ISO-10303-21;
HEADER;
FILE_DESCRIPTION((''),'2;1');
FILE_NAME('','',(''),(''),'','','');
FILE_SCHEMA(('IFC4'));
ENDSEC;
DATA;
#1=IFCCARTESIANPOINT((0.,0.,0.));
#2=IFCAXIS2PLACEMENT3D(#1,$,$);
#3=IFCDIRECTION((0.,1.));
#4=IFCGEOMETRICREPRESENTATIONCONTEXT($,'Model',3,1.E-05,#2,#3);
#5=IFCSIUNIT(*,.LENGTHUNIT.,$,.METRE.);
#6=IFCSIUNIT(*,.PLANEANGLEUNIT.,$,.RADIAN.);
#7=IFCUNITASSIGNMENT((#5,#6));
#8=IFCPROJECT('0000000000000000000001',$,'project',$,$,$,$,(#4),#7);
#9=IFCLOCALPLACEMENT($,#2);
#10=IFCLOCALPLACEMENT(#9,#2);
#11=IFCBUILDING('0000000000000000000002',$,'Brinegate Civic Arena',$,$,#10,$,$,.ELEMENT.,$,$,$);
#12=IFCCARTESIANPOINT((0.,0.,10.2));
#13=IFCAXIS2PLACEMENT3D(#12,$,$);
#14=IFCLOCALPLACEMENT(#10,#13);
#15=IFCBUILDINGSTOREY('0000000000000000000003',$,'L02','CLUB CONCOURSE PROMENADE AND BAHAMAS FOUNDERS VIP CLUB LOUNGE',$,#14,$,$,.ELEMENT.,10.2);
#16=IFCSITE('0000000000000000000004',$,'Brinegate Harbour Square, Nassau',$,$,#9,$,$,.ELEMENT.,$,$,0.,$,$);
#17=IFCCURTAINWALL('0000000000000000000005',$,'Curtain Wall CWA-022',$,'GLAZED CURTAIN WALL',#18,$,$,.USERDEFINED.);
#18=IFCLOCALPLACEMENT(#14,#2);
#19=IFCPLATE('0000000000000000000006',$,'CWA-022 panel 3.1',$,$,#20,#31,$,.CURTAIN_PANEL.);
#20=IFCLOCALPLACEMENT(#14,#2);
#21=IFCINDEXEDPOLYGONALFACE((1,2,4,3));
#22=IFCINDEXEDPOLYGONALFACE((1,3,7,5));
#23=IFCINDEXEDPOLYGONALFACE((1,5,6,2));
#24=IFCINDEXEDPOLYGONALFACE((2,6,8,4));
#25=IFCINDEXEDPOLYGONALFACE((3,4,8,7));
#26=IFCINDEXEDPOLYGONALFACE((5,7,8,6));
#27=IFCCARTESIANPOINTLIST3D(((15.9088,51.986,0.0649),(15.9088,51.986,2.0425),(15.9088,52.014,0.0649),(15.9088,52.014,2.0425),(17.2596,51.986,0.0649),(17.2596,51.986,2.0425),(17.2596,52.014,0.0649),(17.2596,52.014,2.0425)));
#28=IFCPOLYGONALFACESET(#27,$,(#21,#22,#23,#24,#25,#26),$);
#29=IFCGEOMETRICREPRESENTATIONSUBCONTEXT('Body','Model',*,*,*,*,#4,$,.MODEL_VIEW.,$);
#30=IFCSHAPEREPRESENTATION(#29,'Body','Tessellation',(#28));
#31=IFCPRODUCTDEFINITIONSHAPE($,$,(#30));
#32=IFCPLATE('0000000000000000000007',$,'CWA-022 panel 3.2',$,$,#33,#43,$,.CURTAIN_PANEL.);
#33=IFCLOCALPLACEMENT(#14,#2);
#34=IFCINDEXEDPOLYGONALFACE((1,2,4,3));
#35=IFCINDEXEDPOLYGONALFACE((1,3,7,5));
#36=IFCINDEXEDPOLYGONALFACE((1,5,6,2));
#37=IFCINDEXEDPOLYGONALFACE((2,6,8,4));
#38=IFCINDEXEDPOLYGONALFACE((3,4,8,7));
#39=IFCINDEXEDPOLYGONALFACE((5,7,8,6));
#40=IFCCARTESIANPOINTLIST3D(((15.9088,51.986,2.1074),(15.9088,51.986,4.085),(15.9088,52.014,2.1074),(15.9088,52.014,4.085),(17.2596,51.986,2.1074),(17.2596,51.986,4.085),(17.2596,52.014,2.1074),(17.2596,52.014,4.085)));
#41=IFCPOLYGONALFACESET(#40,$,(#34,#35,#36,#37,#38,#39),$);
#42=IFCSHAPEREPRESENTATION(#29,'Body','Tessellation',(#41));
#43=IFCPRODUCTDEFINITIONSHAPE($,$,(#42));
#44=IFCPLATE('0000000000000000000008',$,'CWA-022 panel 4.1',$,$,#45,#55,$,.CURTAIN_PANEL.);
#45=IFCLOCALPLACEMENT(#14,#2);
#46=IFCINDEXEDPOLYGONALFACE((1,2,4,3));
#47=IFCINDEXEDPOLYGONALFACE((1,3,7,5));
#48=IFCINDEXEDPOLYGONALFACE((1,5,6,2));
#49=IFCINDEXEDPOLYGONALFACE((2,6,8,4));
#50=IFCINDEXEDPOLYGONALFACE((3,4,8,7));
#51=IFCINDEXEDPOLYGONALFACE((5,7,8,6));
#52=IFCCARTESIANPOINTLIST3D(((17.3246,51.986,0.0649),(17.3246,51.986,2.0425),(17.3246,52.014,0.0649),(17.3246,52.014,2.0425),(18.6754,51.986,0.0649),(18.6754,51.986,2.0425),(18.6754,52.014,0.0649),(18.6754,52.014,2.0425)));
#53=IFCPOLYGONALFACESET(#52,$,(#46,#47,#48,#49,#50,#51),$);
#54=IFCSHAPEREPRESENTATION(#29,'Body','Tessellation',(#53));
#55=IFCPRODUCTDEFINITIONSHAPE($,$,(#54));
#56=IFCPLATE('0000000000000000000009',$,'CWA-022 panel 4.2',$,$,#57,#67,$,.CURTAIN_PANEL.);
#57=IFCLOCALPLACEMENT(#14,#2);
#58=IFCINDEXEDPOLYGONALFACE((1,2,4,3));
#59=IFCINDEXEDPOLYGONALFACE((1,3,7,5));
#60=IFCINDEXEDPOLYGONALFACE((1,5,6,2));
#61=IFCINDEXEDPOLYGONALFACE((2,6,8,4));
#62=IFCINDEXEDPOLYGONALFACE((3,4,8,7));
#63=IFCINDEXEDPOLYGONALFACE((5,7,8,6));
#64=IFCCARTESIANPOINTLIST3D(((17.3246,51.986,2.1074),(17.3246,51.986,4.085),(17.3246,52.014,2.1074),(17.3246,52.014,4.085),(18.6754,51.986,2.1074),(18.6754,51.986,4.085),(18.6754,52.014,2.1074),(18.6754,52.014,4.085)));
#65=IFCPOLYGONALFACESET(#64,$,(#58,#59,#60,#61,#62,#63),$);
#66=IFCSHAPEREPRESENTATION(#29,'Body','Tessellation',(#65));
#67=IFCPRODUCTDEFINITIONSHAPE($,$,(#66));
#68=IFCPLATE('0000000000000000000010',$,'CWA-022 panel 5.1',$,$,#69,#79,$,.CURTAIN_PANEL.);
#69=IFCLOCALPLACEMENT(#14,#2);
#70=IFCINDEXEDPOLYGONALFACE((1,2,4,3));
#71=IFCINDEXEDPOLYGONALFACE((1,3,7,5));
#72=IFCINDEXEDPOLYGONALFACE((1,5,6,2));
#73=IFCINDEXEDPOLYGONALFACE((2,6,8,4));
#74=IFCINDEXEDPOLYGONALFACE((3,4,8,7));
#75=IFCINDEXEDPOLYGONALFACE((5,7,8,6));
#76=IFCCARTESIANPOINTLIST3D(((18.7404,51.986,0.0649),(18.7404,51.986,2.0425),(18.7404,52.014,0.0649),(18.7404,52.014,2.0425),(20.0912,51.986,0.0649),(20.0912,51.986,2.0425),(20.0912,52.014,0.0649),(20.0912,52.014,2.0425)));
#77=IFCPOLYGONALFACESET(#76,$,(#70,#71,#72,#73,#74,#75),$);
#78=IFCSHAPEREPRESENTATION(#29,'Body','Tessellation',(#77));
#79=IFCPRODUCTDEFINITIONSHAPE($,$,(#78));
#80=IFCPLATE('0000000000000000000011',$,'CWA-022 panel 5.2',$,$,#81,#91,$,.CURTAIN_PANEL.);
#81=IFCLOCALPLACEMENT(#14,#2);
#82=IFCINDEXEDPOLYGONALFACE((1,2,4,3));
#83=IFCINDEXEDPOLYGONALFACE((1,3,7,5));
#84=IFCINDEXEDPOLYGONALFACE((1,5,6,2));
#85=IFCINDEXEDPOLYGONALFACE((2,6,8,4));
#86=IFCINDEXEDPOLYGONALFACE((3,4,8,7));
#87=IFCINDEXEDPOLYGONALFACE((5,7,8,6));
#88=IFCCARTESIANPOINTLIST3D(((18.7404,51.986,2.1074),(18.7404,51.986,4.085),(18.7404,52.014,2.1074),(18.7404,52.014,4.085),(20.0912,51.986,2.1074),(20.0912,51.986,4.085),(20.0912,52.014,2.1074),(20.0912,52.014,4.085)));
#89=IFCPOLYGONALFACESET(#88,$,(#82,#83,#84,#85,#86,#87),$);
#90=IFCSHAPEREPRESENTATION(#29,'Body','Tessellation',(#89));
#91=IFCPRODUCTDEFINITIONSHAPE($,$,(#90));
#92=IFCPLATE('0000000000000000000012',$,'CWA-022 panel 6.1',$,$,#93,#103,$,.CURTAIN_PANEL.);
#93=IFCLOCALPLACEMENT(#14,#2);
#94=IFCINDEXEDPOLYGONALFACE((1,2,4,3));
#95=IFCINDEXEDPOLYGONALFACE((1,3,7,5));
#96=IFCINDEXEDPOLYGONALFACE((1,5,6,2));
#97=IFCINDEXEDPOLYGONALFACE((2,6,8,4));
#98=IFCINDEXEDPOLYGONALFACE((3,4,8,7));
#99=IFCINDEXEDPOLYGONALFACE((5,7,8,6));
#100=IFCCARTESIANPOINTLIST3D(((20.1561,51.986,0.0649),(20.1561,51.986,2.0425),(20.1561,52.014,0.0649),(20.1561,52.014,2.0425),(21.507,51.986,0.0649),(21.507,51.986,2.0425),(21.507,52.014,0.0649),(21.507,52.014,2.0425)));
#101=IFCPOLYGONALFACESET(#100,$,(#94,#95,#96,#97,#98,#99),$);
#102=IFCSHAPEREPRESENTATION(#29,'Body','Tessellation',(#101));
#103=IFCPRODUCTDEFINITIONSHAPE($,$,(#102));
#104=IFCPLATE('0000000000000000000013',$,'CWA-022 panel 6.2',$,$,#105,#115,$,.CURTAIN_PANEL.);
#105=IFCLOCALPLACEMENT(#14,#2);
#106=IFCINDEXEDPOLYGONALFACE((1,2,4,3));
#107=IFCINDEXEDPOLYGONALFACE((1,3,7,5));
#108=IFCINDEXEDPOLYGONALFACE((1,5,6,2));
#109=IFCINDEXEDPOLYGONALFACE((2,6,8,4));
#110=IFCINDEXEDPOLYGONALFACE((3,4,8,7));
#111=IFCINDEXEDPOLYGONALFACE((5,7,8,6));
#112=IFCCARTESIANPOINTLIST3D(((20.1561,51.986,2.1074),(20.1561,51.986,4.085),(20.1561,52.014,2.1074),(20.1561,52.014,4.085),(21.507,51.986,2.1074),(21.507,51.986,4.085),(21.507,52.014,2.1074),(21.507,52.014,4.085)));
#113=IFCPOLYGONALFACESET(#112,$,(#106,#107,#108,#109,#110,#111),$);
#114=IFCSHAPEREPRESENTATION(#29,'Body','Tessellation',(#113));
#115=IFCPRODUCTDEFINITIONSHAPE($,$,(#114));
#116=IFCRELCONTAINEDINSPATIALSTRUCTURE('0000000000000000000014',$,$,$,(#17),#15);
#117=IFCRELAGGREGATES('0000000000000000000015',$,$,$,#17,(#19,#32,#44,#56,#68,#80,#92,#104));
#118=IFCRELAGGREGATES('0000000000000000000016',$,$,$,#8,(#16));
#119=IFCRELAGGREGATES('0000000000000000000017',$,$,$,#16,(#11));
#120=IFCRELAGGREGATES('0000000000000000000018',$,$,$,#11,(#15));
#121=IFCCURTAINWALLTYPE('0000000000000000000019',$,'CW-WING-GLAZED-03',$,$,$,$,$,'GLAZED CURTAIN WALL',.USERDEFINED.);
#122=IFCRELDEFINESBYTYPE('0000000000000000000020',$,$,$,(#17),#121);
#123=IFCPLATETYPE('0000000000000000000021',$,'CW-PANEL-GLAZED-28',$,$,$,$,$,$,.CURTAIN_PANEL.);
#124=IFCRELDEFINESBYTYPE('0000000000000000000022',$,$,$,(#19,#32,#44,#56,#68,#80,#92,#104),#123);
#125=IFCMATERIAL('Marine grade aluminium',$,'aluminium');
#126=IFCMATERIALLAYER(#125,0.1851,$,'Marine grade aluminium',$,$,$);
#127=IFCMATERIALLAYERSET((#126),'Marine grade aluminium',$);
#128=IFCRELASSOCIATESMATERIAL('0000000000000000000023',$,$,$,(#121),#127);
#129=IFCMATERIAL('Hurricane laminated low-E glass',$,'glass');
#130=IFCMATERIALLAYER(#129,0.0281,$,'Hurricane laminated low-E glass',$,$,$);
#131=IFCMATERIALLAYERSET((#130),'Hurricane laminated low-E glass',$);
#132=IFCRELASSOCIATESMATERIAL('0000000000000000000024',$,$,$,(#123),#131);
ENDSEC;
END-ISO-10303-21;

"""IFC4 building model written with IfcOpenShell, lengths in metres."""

from ifc_helpers import new_model, si_unit, direction, frame, origin, origin_2d, place, context, subcontext, project, spatial, rectangle, extrude, material, layer, layer_set, type_object, element, aggregate, save


model = new_model("IFC4")

# Units and contexts
model_context = context("Model", 3, precision=1e-05, world=origin(), true_north=direction((0.0, 1.0)))
body_context = subcontext(model_context, "Body", "Model", "MODEL_VIEW")
ifc_project = project(units=[si_unit("LENGTHUNIT", "METRE"), si_unit("PLANEANGLEUNIT", "RADIAN")], contexts=[model_context])

# Site, building, storey
site_placement = place(None, origin())
site = spatial("IfcSite", under=ifc_project, at=site_placement, Name="Brinegate Harbour Square, Nassau", CompositionType="ELEMENT", RefElevation=0.0)
building_placement = place(site_placement, origin())
building = spatial("IfcBuilding", under=site, at=building_placement, Name="Brinegate Civic Arena", CompositionType="ELEMENT")
storey_placement = place(building_placement, frame((0.0, 0.0, 10.2)))
storey = spatial("IfcBuildingStorey", under=building, at=storey_placement, Name="L02", Description="CLUB CONCOURSE PROMENADE AND BAHAMAS FOUNDERS VIP CLUB LOUNGE", CompositionType="ELEMENT", Elevation=10.2)

# Curtain wall, plates
ifc_material_1 = material(Name="Marine grade aluminium", Category="aluminium")
ifc_layer_1 = layer(ifc_material_1, 0.1851, Name="Marine grade aluminium")
ifc_layer_set_1 = layer_set([ifc_layer_1], Name="Marine grade aluminium")
curtain_wall_type = type_object("IfcCurtainWallType", Name="CW-WING-GLAZED-03", ElementType="GLAZED CURTAIN WALL", PredefinedType="USERDEFINED", material=ifc_layer_set_1)
curtain_wall_placement = place(storey_placement, origin())
curtain_wall = element("IfcCurtainWall", 1, at=curtain_wall_placement, inside=storey, type_object=curtain_wall_type, Name="Curtain Wall CWA-022", ObjectType="GLAZED CURTAIN WALL", PredefinedType="USERDEFINED")
ifc_material_2 = material(Name="Hurricane laminated low-E glass", Category="glass")
ifc_layer_2 = layer(ifc_material_2, 0.0281, Name="Hurricane laminated low-E glass")
ifc_layer_set_2 = layer_set([ifc_layer_2], Name="Hurricane laminated low-E glass")
plate_type = type_object("IfcPlateType", Name="CW-PANEL-GLAZED-28", PredefinedType="CURTAIN_PANEL", material=ifc_layer_set_2)
plate_1_placement = place(storey_placement, frame((16.5842, 52.0, 0.0649), z_axis=(0.0, 0.0, 1.0), x_axis=(1.0, 0.0, 0.0)))
plate_1 = element("IfcPlate", 2, at=plate_1_placement, type_object=plate_type, Name="CWA-022 panel 3.1", PredefinedType="CURTAIN_PANEL", context=body_context, shape_type="SweptSolid", body=[
    extrude(rectangle(XDim=1.3508, YDim=0.0281, at=origin_2d()), origin(), (0.0, 0.0, 1.0), 1.9775),
])
plate_2_placement = place(storey_placement, frame((16.5842, 52.0, 2.1074), z_axis=(0.0, 0.0, 1.0), x_axis=(1.0, 0.0, 0.0)))
plate_2 = element("IfcPlate", 3, at=plate_2_placement, type_object=plate_type, Name="CWA-022 panel 3.2", PredefinedType="CURTAIN_PANEL", context=body_context, shape_type="SweptSolid", body=[
    extrude(rectangle(XDim=1.3508, YDim=0.0281, at=origin_2d()), origin(), (0.0, 0.0, 1.0), 1.9775),
])
plate_3_placement = place(storey_placement, frame((18.0, 52.0, 0.0649), z_axis=(0.0, 0.0, 1.0), x_axis=(1.0, 0.0, 0.0)))
plate_3 = element("IfcPlate", 4, at=plate_3_placement, type_object=plate_type, Name="CWA-022 panel 4.1", PredefinedType="CURTAIN_PANEL", context=body_context, shape_type="SweptSolid", body=[
    extrude(rectangle(XDim=1.3508, YDim=0.0281, at=origin_2d()), origin(), (0.0, 0.0, 1.0), 1.9775),
])
plate_4_placement = place(storey_placement, frame((18.0, 52.0, 2.1074), z_axis=(0.0, 0.0, 1.0), x_axis=(1.0, 0.0, 0.0)))
plate_4 = element("IfcPlate", 5, at=plate_4_placement, type_object=plate_type, Name="CWA-022 panel 4.2", PredefinedType="CURTAIN_PANEL", context=body_context, shape_type="SweptSolid", body=[
    extrude(rectangle(XDim=1.3508, YDim=0.0281, at=origin_2d()), origin(), (0.0, 0.0, 1.0), 1.9775),
])
plate_5_placement = place(storey_placement, frame((19.4158, 52.0, 0.0649), z_axis=(0.0, 0.0, 1.0), x_axis=(1.0, 0.0, 0.0)))
plate_5 = element("IfcPlate", 6, at=plate_5_placement, type_object=plate_type, Name="CWA-022 panel 5.1", PredefinedType="CURTAIN_PANEL", context=body_context, shape_type="SweptSolid", body=[
    extrude(rectangle(XDim=1.3508, YDim=0.0281, at=origin_2d()), origin(), (0.0, 0.0, 1.0), 1.9775),
])
plate_6_placement = place(storey_placement, frame((19.4158, 52.0, 2.1074), z_axis=(0.0, 0.0, 1.0), x_axis=(1.0, 0.0, 0.0)))
plate_6 = element("IfcPlate", 7, at=plate_6_placement, type_object=plate_type, Name="CWA-022 panel 5.2", PredefinedType="CURTAIN_PANEL", context=body_context, shape_type="SweptSolid", body=[
    extrude(rectangle(XDim=1.3508, YDim=0.0281, at=origin_2d()), origin(), (0.0, 0.0, 1.0), 1.9775),
])
plate_7_placement = place(storey_placement, frame((20.8315, 52.0, 0.0649), z_axis=(0.0, 0.0, 1.0), x_axis=(1.0, 0.0, 0.0)))
plate_7 = element("IfcPlate", 8, at=plate_7_placement, type_object=plate_type, Name="CWA-022 panel 6.1", PredefinedType="CURTAIN_PANEL", context=body_context, shape_type="SweptSolid", body=[
    extrude(rectangle(XDim=1.3508, YDim=0.0281, at=origin_2d()), origin(), (0.0, 0.0, 1.0), 1.9775),
])
plate_8_placement = place(storey_placement, frame((20.8315, 52.0, 2.1074), z_axis=(0.0, 0.0, 1.0), x_axis=(1.0, 0.0, 0.0)))
plate_8 = element("IfcPlate", 9, at=plate_8_placement, type_object=plate_type, Name="CWA-022 panel 6.2", PredefinedType="CURTAIN_PANEL", context=body_context, shape_type="SweptSolid", body=[
    extrude(rectangle(XDim=1.3508, YDim=0.0281, at=origin_2d()), origin(), (0.0, 0.0, 1.0), 1.9775),
])
aggregate(curtain_wall, [plate_1, plate_2, plate_3, plate_4, plate_5, plate_6, plate_7, plate_8])

save(model, "model.ifc")
